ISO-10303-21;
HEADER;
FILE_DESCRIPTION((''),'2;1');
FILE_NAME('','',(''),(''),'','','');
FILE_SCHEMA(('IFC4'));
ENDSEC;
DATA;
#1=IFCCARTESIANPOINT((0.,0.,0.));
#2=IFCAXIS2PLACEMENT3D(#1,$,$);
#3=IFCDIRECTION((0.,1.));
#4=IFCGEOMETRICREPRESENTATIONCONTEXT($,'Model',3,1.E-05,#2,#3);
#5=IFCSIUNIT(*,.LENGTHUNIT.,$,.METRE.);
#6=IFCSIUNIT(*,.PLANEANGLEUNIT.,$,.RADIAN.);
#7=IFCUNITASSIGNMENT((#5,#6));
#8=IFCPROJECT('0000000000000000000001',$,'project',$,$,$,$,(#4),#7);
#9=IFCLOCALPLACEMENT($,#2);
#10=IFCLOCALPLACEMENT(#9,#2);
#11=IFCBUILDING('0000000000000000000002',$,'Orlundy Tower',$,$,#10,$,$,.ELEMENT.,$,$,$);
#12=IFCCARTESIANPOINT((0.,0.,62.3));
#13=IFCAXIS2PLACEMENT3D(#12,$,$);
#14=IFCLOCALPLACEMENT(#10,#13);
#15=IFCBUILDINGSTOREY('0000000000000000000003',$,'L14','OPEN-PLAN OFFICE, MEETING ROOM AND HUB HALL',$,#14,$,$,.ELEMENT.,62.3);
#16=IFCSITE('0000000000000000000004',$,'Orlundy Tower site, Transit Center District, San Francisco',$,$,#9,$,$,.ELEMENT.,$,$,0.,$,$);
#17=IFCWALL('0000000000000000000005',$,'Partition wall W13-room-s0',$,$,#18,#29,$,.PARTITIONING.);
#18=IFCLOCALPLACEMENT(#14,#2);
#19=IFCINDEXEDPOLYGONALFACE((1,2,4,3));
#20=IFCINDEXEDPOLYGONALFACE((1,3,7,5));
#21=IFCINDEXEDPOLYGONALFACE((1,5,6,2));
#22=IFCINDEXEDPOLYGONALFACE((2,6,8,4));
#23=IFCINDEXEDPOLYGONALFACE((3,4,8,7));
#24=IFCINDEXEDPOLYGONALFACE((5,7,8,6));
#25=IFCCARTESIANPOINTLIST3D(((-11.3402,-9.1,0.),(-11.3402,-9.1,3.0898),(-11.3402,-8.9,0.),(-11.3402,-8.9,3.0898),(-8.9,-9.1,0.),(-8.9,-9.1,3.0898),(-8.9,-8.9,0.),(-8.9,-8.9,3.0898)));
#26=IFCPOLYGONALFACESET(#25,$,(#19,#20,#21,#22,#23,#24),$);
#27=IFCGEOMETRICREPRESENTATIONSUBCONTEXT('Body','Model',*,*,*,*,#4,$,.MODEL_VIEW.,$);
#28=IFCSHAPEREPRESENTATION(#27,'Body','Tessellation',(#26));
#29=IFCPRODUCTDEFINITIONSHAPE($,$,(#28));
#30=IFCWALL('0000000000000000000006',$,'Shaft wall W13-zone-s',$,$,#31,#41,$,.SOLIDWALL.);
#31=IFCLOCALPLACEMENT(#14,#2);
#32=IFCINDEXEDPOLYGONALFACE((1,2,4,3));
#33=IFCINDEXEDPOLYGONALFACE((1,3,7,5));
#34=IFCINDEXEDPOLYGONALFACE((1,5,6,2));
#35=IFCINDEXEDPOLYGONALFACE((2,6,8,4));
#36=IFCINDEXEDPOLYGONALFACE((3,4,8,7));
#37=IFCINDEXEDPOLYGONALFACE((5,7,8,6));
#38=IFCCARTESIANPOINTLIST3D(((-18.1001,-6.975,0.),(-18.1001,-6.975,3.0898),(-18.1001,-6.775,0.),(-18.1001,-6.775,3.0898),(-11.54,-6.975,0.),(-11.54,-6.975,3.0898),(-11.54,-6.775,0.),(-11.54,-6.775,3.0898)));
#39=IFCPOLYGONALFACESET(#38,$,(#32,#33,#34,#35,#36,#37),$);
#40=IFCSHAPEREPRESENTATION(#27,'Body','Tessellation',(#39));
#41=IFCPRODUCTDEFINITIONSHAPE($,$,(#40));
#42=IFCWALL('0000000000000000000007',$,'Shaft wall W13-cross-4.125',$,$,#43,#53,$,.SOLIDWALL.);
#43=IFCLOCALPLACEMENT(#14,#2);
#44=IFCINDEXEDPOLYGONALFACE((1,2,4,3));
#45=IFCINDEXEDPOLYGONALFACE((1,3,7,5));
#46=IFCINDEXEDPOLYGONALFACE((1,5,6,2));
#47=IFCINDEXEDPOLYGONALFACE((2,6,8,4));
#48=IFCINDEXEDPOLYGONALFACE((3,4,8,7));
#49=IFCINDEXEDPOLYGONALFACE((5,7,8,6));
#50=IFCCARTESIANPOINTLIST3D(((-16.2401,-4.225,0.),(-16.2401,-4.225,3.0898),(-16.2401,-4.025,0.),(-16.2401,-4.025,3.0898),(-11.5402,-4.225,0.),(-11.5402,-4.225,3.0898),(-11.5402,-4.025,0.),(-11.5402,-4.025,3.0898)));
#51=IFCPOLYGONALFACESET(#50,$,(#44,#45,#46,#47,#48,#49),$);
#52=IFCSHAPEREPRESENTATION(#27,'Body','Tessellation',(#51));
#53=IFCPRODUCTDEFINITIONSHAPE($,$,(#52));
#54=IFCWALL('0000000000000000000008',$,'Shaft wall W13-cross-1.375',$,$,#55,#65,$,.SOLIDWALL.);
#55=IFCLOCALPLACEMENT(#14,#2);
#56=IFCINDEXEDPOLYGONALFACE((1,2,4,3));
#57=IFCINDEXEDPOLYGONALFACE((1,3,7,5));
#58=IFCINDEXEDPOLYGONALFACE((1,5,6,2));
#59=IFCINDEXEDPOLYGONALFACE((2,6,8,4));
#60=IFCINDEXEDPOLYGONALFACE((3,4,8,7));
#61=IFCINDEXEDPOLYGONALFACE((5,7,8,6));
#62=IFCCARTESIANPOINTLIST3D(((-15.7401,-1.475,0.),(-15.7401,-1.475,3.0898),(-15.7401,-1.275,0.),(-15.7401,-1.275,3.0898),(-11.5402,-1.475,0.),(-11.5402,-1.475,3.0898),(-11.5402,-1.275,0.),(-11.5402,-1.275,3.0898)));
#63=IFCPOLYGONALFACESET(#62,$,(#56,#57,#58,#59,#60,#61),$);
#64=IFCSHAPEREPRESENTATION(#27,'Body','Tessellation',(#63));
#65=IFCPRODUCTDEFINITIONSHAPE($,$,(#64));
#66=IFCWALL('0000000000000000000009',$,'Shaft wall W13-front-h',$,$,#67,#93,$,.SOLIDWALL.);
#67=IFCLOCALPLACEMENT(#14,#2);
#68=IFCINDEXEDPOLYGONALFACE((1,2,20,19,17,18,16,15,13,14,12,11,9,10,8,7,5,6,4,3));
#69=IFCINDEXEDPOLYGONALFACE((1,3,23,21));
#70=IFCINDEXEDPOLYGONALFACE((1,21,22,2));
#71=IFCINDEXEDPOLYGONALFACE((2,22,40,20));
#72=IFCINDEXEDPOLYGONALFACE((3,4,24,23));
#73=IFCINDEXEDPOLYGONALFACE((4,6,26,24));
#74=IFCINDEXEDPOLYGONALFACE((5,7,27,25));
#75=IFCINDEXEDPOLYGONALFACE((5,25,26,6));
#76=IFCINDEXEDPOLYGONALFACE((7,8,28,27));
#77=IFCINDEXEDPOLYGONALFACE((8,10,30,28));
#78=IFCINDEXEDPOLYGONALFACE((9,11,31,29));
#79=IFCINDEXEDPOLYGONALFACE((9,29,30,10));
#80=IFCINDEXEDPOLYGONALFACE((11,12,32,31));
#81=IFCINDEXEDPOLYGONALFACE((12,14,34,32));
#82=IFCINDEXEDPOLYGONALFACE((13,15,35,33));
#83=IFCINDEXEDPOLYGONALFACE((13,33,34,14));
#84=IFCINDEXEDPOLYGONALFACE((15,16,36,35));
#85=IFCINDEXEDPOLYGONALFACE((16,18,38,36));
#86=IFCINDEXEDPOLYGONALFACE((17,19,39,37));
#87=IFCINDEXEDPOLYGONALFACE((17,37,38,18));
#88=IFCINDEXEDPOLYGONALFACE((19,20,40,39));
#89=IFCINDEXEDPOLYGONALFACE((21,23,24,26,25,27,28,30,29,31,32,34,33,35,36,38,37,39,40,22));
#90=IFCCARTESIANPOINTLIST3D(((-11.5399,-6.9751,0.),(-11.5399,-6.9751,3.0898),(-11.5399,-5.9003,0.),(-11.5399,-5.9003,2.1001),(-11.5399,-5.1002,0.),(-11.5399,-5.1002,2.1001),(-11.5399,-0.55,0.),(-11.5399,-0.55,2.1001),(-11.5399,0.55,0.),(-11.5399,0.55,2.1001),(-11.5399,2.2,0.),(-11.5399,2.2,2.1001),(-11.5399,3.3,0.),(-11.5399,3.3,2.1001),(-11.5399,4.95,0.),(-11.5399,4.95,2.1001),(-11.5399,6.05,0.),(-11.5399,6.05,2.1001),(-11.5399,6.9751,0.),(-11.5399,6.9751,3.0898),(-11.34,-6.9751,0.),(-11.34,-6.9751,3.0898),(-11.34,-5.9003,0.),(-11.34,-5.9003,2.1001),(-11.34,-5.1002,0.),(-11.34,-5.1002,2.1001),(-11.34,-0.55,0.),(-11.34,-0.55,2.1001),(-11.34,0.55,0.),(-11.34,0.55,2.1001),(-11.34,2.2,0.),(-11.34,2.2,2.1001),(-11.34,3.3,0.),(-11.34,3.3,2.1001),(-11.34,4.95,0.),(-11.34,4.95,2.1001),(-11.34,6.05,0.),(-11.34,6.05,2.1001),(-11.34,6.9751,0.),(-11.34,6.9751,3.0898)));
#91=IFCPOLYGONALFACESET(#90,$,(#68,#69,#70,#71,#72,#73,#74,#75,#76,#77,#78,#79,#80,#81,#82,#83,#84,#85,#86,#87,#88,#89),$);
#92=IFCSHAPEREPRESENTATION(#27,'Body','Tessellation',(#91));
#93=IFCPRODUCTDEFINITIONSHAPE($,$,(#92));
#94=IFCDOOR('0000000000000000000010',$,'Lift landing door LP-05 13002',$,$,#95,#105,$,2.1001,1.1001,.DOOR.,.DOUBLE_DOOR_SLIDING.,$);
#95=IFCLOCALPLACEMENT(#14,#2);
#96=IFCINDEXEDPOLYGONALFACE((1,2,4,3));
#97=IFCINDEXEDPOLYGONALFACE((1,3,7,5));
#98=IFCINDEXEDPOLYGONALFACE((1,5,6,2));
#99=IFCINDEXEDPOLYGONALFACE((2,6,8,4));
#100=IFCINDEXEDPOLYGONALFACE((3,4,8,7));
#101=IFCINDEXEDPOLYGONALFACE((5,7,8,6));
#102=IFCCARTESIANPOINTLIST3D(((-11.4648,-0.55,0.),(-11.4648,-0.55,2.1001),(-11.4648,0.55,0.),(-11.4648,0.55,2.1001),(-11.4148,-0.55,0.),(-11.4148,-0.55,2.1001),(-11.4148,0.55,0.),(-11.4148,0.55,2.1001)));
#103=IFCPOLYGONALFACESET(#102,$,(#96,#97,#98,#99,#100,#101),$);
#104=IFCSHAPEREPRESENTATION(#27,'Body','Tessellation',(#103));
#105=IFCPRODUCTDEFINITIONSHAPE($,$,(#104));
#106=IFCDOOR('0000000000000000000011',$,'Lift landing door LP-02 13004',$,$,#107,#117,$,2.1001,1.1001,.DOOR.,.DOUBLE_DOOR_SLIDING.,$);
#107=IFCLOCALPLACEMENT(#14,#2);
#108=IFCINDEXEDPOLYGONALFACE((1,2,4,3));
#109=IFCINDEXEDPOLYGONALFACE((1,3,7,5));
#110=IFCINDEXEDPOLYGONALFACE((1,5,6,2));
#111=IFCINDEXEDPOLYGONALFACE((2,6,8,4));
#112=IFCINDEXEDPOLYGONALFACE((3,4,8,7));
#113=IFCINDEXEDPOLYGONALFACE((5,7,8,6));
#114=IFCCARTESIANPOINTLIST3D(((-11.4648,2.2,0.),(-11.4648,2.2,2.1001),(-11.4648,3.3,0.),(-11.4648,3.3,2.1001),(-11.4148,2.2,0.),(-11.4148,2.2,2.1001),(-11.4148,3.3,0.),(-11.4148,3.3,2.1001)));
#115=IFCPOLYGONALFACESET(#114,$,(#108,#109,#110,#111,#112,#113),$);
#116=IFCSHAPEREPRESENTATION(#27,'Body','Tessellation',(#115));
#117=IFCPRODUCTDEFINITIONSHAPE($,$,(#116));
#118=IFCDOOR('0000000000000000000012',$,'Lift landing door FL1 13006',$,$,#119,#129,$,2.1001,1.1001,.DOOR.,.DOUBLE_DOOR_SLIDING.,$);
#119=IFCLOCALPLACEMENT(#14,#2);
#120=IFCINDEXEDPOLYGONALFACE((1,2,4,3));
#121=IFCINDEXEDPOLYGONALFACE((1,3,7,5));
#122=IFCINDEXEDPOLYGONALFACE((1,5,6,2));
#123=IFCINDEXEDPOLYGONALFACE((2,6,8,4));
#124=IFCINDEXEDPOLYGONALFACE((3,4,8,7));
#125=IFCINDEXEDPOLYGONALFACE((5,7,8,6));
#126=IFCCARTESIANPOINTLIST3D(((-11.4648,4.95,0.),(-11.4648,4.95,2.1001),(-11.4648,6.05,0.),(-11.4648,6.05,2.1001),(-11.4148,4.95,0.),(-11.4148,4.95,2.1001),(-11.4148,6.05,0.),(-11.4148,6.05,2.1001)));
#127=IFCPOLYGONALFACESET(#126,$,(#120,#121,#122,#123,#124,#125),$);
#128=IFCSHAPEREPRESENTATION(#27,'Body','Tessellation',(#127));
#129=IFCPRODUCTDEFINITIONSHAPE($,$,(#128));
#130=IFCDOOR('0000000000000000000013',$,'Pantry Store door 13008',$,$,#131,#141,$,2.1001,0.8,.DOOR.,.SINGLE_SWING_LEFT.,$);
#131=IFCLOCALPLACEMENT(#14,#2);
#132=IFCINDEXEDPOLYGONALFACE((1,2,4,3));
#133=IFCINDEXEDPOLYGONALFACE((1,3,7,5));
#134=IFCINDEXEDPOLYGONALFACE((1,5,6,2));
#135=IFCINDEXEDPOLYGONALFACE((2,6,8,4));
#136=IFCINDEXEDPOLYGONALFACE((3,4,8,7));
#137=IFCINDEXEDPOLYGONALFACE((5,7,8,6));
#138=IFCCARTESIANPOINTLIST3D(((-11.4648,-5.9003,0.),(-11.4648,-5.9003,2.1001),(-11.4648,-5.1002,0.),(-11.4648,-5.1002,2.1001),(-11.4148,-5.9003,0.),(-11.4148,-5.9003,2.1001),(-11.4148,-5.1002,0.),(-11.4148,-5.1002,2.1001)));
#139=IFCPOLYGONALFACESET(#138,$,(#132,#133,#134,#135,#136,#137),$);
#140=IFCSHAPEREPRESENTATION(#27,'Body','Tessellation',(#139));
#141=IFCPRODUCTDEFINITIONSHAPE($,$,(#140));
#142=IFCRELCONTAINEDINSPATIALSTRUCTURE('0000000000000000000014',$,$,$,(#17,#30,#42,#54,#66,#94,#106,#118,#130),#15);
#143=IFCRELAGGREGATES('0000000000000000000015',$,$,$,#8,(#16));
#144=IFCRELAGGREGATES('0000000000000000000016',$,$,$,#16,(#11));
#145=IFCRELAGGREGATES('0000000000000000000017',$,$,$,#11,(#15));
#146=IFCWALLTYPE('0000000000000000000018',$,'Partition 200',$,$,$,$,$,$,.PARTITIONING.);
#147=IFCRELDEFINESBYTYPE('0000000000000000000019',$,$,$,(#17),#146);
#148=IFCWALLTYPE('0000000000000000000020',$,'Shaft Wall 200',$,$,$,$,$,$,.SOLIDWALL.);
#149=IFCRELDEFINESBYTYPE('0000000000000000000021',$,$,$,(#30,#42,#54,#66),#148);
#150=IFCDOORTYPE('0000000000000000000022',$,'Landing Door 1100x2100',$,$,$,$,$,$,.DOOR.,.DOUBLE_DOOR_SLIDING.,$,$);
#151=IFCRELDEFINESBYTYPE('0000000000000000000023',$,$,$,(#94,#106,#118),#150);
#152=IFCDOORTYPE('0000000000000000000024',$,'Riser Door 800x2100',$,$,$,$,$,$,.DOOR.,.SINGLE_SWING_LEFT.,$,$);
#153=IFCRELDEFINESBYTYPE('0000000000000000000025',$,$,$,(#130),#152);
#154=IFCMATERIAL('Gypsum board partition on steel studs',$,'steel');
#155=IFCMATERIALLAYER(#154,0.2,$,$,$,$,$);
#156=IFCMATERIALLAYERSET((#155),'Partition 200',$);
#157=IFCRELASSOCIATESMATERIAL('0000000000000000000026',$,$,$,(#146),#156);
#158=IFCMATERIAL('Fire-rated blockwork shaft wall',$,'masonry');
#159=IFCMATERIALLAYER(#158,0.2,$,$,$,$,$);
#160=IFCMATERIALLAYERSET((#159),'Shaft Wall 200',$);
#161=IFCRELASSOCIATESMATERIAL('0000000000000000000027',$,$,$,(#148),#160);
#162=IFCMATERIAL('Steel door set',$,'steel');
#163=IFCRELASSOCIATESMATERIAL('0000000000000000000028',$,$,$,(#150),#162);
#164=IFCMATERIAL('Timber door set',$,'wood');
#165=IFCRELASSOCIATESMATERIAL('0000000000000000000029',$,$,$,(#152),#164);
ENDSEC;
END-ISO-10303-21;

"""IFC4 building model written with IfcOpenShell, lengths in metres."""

from ifc_helpers import new_model, si_unit, direction, frame, frame_2d, origin, place, context, subcontext, project, spatial, rectangle, extrude, material, layer, layer_set, type_object, element, fill, save


model = new_model("IFC4")

# Units and contexts
model_context = context("Model", 3, precision=1e-05, world=origin(), true_north=direction((0.0, 1.0)))
body_context = subcontext(model_context, "Body", "Model", "MODEL_VIEW")
ifc_project = project(units=[si_unit("LENGTHUNIT", "METRE"), si_unit("PLANEANGLEUNIT", "RADIAN")], contexts=[model_context])

# Site, building, storey
site_placement = place(None, origin())
site = spatial("IfcSite", under=ifc_project, at=site_placement, Name="Orlundy Tower site, Transit Center District, San Francisco", CompositionType="ELEMENT", RefElevation=0.0)
building_placement = place(site_placement, origin())
building = spatial("IfcBuilding", under=site, at=building_placement, Name="Orlundy Tower", CompositionType="ELEMENT")
storey_placement = place(building_placement, frame((0.0, 0.0, 62.3)))
storey = spatial("IfcBuildingStorey", under=building, at=storey_placement, Name="L14", Description="OPEN-PLAN OFFICE, MEETING ROOM AND HUB HALL", CompositionType="ELEMENT", Elevation=62.3)

# Shared definitions
ifc_material_1 = material(Name="Gypsum board partition on steel studs", Category="steel")
ifc_layer_1 = layer(ifc_material_1, 0.2)
ifc_layer_set_1 = layer_set([ifc_layer_1], Name="Partition 200")
wall_type_1 = type_object("IfcWallType", Name="Partition 200", PredefinedType="PARTITIONING", material=ifc_layer_set_1)

# Walls
wall_1_placement = place(storey_placement, frame((-8.8999, -9.0, 0.0), z_axis=(0.0, 0.0, 1.0), x_axis=(-1.0, 0.0, 0.0)))
element("IfcWall", 1, at=wall_1_placement, inside=storey, type_object=wall_type_1, Name="Partition wall W13-room-s0", PredefinedType="PARTITIONING", context=body_context, shape_type="SweptSolid", body=[
    extrude(rectangle(XDim=2.4402, YDim=0.2, at=frame_2d((1.2202, 0.0))), origin(), (0.0, 0.0, 1.0), 3.0898),
])
ifc_material_2 = material(Name="Fire-rated blockwork shaft wall", Category="masonry")
ifc_layer_2 = layer(ifc_material_2, 0.2)
ifc_layer_set_2 = layer_set([ifc_layer_2], Name="Shaft Wall 200")
wall_type_2 = type_object("IfcWallType", Name="Shaft Wall 200", PredefinedType="SOLIDWALL", material=ifc_layer_set_2)
wall_2_placement = place(storey_placement, frame((-11.54, -6.875, 0.0), z_axis=(0.0, 0.0, 1.0), x_axis=(-1.0, 0.0, 0.0)))
element("IfcWall", 2, at=wall_2_placement, inside=storey, type_object=wall_type_2, Name="Shaft wall W13-zone-s", PredefinedType="SOLIDWALL", context=body_context, shape_type="SweptSolid", body=[
    extrude(rectangle(XDim=6.5601, YDim=0.2, at=frame_2d((3.28, 0.0))), origin(), (0.0, 0.0, 1.0), 3.0898),
])
wall_3_placement = place(storey_placement, frame((-11.54, -4.125, 0.0), z_axis=(0.0, 0.0, 1.0), x_axis=(-1.0, 0.0, 0.0)))
element("IfcWall", 3, at=wall_3_placement, inside=storey, type_object=wall_type_2, Name="Shaft wall W13-cross-4.125", PredefinedType="SOLIDWALL", context=body_context, shape_type="SweptSolid", body=[
    extrude(rectangle(XDim=4.7, YDim=0.2, at=frame_2d((2.3501, 0.0))), origin(), (0.0, 0.0, 1.0), 3.0898),
])
wall_4_placement = place(storey_placement, frame((-11.54, -1.375, 0.0), z_axis=(0.0, 0.0, 1.0), x_axis=(-1.0, 0.0, 0.0)))
element("IfcWall", 4, at=wall_4_placement, inside=storey, type_object=wall_type_2, Name="Shaft wall W13-cross-1.375", PredefinedType="SOLIDWALL", context=body_context, shape_type="SweptSolid", body=[
    extrude(rectangle(XDim=4.2, YDim=0.2, at=frame_2d((2.1001, 0.0))), origin(), (0.0, 0.0, 1.0), 3.0898),
])

# Wall, openings, doors
wall_5_placement = place(storey_placement, frame((-11.4399, -6.9751, 0.0), z_axis=(0.0, 0.0, 1.0), x_axis=(0.0, 1.0, 0.0)))
wall_5 = element("IfcWall", 5, at=wall_5_placement, inside=storey, type_object=wall_type_2, Name="Shaft wall W13-front-h", PredefinedType="SOLIDWALL", context=body_context, shape_type="SweptSolid", body=[
    extrude(rectangle(XDim=13.9502, YDim=0.2, at=frame_2d((6.9751, 0.0))), origin(), (0.0, 0.0, 1.0), 3.0898),
])
opening_1_placement = place(wall_5_placement, frame((6.425, 0.0, 0.0)))
opening_1 = element("IfcOpeningElement", 6, at=opening_1_placement, cuts=wall_5, PredefinedType="OPENING", context=body_context, shape_type="SweptSolid", body=[
    extrude(rectangle(XDim=1.1001, YDim=2.1001, at=frame_2d((0.55, 1.05))), frame((0.0, 0.1101, 0.0), z_axis=(0.0, -1.0, 0.0), x_axis=(1.0, 0.0, 0.0)), (0.0, 0.0, 1.0), 0.2202),
])
opening_2_placement = place(wall_5_placement, frame((9.175, 0.0, 0.0)))
opening_2 = element("IfcOpeningElement", 7, at=opening_2_placement, cuts=wall_5, PredefinedType="OPENING", context=body_context, shape_type="SweptSolid", body=[
    extrude(rectangle(XDim=1.1001, YDim=2.1001, at=frame_2d((0.55, 1.05))), frame((0.0, 0.1101, 0.0), z_axis=(0.0, -1.0, 0.0), x_axis=(1.0, 0.0, 0.0)), (0.0, 0.0, 1.0), 0.2202),
])
opening_3_placement = place(wall_5_placement, frame((11.925, 0.0, 0.0)))
opening_3 = element("IfcOpeningElement", 8, at=opening_3_placement, cuts=wall_5, PredefinedType="OPENING", context=body_context, shape_type="SweptSolid", body=[
    extrude(rectangle(XDim=1.1001, YDim=2.1001, at=frame_2d((0.55, 1.05))), frame((0.0, 0.1101, 0.0), z_axis=(0.0, -1.0, 0.0), x_axis=(1.0, 0.0, 0.0)), (0.0, 0.0, 1.0), 0.2202),
])
opening_4_placement = place(wall_5_placement, frame((1.075, 0.0, 0.0)))
opening_4 = element("IfcOpeningElement", 9, at=opening_4_placement, cuts=wall_5, PredefinedType="OPENING", context=body_context, shape_type="SweptSolid", body=[
    extrude(rectangle(XDim=0.8, YDim=2.1001, at=frame_2d((0.3999, 1.05))), frame((0.0, 0.1101, 0.0), z_axis=(0.0, -1.0, 0.0), x_axis=(1.0, 0.0, 0.0)), (0.0, 0.0, 1.0), 0.2202),
])
ifc_material_3 = material(Name="Steel door set", Category="steel")
door_type_1 = type_object("IfcDoorType", Name="Landing Door 1100x2100", OperationType="DOUBLE_DOOR_SLIDING", PredefinedType="DOOR", material=ifc_material_3)
door_1_placement = place(opening_1_placement, origin())
door_1 = element("IfcDoor", 10, at=door_1_placement, inside=storey, type_object=door_type_1, Name="Lift landing door LP-05 13002", OperationType="DOUBLE_DOOR_SLIDING", OverallHeight=2.1001, OverallWidth=1.1001, PredefinedType="DOOR", context=body_context, shape_type="SweptSolid", body=[
    extrude(rectangle(XDim=1.1001, YDim=2.1001, at=frame_2d((0.55, 1.05))), frame((0.0, 0.0249, 0.0), z_axis=(0.0, -1.0, 0.0), x_axis=(1.0, 0.0, 0.0)), (0.0, 0.0, 1.0), 0.05),
])
fill(opening_1, door_1)
door_2_placement = place(opening_2_placement, origin())
door_2 = element("IfcDoor", 11, at=door_2_placement, inside=storey, type_object=door_type_1, Name="Lift landing door LP-02 13004", OperationType="DOUBLE_DOOR_SLIDING", OverallHeight=2.1001, OverallWidth=1.1001, PredefinedType="DOOR", context=body_context, shape_type="SweptSolid", body=[
    extrude(rectangle(XDim=1.1001, YDim=2.1001, at=frame_2d((0.55, 1.05))), frame((0.0, 0.0249, 0.0), z_axis=(0.0, -1.0, 0.0), x_axis=(1.0, 0.0, 0.0)), (0.0, 0.0, 1.0), 0.05),
])
fill(opening_2, door_2)
door_3_placement = place(opening_3_placement, origin())
door_3 = element("IfcDoor", 12, at=door_3_placement, inside=storey, type_object=door_type_1, Name="Lift landing door FL1 13006", OperationType="DOUBLE_DOOR_SLIDING", OverallHeight=2.1001, OverallWidth=1.1001, PredefinedType="DOOR", context=body_context, shape_type="SweptSolid", body=[
    extrude(rectangle(XDim=1.1001, YDim=2.1001, at=frame_2d((0.55, 1.05))), frame((0.0, 0.0249, 0.0), z_axis=(0.0, -1.0, 0.0), x_axis=(1.0, 0.0, 0.0)), (0.0, 0.0, 1.0), 0.05),
])
fill(opening_3, door_3)
ifc_material_4 = material(Name="Timber door set", Category="wood")
door_type_2 = type_object("IfcDoorType", Name="Riser Door 800x2100", OperationType="SINGLE_SWING_LEFT", PredefinedType="DOOR", material=ifc_material_4)
door_4_placement = place(opening_4_placement, origin())
door_4 = element("IfcDoor", 13, at=door_4_placement, inside=storey, type_object=door_type_2, Name="Pantry Store door 13008", OperationType="SINGLE_SWING_LEFT", OverallHeight=2.1001, OverallWidth=0.8, PredefinedType="DOOR", context=body_context, shape_type="SweptSolid", body=[
    extrude(rectangle(XDim=0.8, YDim=2.1001, at=frame_2d((0.3999, 1.05))), frame((0.0, 0.0249, 0.0), z_axis=(0.0, -1.0, 0.0), x_axis=(1.0, 0.0, 0.0)), (0.0, 0.0, 1.0), 0.05),
])
fill(opening_4, door_4)

save(model, "model.ifc")
